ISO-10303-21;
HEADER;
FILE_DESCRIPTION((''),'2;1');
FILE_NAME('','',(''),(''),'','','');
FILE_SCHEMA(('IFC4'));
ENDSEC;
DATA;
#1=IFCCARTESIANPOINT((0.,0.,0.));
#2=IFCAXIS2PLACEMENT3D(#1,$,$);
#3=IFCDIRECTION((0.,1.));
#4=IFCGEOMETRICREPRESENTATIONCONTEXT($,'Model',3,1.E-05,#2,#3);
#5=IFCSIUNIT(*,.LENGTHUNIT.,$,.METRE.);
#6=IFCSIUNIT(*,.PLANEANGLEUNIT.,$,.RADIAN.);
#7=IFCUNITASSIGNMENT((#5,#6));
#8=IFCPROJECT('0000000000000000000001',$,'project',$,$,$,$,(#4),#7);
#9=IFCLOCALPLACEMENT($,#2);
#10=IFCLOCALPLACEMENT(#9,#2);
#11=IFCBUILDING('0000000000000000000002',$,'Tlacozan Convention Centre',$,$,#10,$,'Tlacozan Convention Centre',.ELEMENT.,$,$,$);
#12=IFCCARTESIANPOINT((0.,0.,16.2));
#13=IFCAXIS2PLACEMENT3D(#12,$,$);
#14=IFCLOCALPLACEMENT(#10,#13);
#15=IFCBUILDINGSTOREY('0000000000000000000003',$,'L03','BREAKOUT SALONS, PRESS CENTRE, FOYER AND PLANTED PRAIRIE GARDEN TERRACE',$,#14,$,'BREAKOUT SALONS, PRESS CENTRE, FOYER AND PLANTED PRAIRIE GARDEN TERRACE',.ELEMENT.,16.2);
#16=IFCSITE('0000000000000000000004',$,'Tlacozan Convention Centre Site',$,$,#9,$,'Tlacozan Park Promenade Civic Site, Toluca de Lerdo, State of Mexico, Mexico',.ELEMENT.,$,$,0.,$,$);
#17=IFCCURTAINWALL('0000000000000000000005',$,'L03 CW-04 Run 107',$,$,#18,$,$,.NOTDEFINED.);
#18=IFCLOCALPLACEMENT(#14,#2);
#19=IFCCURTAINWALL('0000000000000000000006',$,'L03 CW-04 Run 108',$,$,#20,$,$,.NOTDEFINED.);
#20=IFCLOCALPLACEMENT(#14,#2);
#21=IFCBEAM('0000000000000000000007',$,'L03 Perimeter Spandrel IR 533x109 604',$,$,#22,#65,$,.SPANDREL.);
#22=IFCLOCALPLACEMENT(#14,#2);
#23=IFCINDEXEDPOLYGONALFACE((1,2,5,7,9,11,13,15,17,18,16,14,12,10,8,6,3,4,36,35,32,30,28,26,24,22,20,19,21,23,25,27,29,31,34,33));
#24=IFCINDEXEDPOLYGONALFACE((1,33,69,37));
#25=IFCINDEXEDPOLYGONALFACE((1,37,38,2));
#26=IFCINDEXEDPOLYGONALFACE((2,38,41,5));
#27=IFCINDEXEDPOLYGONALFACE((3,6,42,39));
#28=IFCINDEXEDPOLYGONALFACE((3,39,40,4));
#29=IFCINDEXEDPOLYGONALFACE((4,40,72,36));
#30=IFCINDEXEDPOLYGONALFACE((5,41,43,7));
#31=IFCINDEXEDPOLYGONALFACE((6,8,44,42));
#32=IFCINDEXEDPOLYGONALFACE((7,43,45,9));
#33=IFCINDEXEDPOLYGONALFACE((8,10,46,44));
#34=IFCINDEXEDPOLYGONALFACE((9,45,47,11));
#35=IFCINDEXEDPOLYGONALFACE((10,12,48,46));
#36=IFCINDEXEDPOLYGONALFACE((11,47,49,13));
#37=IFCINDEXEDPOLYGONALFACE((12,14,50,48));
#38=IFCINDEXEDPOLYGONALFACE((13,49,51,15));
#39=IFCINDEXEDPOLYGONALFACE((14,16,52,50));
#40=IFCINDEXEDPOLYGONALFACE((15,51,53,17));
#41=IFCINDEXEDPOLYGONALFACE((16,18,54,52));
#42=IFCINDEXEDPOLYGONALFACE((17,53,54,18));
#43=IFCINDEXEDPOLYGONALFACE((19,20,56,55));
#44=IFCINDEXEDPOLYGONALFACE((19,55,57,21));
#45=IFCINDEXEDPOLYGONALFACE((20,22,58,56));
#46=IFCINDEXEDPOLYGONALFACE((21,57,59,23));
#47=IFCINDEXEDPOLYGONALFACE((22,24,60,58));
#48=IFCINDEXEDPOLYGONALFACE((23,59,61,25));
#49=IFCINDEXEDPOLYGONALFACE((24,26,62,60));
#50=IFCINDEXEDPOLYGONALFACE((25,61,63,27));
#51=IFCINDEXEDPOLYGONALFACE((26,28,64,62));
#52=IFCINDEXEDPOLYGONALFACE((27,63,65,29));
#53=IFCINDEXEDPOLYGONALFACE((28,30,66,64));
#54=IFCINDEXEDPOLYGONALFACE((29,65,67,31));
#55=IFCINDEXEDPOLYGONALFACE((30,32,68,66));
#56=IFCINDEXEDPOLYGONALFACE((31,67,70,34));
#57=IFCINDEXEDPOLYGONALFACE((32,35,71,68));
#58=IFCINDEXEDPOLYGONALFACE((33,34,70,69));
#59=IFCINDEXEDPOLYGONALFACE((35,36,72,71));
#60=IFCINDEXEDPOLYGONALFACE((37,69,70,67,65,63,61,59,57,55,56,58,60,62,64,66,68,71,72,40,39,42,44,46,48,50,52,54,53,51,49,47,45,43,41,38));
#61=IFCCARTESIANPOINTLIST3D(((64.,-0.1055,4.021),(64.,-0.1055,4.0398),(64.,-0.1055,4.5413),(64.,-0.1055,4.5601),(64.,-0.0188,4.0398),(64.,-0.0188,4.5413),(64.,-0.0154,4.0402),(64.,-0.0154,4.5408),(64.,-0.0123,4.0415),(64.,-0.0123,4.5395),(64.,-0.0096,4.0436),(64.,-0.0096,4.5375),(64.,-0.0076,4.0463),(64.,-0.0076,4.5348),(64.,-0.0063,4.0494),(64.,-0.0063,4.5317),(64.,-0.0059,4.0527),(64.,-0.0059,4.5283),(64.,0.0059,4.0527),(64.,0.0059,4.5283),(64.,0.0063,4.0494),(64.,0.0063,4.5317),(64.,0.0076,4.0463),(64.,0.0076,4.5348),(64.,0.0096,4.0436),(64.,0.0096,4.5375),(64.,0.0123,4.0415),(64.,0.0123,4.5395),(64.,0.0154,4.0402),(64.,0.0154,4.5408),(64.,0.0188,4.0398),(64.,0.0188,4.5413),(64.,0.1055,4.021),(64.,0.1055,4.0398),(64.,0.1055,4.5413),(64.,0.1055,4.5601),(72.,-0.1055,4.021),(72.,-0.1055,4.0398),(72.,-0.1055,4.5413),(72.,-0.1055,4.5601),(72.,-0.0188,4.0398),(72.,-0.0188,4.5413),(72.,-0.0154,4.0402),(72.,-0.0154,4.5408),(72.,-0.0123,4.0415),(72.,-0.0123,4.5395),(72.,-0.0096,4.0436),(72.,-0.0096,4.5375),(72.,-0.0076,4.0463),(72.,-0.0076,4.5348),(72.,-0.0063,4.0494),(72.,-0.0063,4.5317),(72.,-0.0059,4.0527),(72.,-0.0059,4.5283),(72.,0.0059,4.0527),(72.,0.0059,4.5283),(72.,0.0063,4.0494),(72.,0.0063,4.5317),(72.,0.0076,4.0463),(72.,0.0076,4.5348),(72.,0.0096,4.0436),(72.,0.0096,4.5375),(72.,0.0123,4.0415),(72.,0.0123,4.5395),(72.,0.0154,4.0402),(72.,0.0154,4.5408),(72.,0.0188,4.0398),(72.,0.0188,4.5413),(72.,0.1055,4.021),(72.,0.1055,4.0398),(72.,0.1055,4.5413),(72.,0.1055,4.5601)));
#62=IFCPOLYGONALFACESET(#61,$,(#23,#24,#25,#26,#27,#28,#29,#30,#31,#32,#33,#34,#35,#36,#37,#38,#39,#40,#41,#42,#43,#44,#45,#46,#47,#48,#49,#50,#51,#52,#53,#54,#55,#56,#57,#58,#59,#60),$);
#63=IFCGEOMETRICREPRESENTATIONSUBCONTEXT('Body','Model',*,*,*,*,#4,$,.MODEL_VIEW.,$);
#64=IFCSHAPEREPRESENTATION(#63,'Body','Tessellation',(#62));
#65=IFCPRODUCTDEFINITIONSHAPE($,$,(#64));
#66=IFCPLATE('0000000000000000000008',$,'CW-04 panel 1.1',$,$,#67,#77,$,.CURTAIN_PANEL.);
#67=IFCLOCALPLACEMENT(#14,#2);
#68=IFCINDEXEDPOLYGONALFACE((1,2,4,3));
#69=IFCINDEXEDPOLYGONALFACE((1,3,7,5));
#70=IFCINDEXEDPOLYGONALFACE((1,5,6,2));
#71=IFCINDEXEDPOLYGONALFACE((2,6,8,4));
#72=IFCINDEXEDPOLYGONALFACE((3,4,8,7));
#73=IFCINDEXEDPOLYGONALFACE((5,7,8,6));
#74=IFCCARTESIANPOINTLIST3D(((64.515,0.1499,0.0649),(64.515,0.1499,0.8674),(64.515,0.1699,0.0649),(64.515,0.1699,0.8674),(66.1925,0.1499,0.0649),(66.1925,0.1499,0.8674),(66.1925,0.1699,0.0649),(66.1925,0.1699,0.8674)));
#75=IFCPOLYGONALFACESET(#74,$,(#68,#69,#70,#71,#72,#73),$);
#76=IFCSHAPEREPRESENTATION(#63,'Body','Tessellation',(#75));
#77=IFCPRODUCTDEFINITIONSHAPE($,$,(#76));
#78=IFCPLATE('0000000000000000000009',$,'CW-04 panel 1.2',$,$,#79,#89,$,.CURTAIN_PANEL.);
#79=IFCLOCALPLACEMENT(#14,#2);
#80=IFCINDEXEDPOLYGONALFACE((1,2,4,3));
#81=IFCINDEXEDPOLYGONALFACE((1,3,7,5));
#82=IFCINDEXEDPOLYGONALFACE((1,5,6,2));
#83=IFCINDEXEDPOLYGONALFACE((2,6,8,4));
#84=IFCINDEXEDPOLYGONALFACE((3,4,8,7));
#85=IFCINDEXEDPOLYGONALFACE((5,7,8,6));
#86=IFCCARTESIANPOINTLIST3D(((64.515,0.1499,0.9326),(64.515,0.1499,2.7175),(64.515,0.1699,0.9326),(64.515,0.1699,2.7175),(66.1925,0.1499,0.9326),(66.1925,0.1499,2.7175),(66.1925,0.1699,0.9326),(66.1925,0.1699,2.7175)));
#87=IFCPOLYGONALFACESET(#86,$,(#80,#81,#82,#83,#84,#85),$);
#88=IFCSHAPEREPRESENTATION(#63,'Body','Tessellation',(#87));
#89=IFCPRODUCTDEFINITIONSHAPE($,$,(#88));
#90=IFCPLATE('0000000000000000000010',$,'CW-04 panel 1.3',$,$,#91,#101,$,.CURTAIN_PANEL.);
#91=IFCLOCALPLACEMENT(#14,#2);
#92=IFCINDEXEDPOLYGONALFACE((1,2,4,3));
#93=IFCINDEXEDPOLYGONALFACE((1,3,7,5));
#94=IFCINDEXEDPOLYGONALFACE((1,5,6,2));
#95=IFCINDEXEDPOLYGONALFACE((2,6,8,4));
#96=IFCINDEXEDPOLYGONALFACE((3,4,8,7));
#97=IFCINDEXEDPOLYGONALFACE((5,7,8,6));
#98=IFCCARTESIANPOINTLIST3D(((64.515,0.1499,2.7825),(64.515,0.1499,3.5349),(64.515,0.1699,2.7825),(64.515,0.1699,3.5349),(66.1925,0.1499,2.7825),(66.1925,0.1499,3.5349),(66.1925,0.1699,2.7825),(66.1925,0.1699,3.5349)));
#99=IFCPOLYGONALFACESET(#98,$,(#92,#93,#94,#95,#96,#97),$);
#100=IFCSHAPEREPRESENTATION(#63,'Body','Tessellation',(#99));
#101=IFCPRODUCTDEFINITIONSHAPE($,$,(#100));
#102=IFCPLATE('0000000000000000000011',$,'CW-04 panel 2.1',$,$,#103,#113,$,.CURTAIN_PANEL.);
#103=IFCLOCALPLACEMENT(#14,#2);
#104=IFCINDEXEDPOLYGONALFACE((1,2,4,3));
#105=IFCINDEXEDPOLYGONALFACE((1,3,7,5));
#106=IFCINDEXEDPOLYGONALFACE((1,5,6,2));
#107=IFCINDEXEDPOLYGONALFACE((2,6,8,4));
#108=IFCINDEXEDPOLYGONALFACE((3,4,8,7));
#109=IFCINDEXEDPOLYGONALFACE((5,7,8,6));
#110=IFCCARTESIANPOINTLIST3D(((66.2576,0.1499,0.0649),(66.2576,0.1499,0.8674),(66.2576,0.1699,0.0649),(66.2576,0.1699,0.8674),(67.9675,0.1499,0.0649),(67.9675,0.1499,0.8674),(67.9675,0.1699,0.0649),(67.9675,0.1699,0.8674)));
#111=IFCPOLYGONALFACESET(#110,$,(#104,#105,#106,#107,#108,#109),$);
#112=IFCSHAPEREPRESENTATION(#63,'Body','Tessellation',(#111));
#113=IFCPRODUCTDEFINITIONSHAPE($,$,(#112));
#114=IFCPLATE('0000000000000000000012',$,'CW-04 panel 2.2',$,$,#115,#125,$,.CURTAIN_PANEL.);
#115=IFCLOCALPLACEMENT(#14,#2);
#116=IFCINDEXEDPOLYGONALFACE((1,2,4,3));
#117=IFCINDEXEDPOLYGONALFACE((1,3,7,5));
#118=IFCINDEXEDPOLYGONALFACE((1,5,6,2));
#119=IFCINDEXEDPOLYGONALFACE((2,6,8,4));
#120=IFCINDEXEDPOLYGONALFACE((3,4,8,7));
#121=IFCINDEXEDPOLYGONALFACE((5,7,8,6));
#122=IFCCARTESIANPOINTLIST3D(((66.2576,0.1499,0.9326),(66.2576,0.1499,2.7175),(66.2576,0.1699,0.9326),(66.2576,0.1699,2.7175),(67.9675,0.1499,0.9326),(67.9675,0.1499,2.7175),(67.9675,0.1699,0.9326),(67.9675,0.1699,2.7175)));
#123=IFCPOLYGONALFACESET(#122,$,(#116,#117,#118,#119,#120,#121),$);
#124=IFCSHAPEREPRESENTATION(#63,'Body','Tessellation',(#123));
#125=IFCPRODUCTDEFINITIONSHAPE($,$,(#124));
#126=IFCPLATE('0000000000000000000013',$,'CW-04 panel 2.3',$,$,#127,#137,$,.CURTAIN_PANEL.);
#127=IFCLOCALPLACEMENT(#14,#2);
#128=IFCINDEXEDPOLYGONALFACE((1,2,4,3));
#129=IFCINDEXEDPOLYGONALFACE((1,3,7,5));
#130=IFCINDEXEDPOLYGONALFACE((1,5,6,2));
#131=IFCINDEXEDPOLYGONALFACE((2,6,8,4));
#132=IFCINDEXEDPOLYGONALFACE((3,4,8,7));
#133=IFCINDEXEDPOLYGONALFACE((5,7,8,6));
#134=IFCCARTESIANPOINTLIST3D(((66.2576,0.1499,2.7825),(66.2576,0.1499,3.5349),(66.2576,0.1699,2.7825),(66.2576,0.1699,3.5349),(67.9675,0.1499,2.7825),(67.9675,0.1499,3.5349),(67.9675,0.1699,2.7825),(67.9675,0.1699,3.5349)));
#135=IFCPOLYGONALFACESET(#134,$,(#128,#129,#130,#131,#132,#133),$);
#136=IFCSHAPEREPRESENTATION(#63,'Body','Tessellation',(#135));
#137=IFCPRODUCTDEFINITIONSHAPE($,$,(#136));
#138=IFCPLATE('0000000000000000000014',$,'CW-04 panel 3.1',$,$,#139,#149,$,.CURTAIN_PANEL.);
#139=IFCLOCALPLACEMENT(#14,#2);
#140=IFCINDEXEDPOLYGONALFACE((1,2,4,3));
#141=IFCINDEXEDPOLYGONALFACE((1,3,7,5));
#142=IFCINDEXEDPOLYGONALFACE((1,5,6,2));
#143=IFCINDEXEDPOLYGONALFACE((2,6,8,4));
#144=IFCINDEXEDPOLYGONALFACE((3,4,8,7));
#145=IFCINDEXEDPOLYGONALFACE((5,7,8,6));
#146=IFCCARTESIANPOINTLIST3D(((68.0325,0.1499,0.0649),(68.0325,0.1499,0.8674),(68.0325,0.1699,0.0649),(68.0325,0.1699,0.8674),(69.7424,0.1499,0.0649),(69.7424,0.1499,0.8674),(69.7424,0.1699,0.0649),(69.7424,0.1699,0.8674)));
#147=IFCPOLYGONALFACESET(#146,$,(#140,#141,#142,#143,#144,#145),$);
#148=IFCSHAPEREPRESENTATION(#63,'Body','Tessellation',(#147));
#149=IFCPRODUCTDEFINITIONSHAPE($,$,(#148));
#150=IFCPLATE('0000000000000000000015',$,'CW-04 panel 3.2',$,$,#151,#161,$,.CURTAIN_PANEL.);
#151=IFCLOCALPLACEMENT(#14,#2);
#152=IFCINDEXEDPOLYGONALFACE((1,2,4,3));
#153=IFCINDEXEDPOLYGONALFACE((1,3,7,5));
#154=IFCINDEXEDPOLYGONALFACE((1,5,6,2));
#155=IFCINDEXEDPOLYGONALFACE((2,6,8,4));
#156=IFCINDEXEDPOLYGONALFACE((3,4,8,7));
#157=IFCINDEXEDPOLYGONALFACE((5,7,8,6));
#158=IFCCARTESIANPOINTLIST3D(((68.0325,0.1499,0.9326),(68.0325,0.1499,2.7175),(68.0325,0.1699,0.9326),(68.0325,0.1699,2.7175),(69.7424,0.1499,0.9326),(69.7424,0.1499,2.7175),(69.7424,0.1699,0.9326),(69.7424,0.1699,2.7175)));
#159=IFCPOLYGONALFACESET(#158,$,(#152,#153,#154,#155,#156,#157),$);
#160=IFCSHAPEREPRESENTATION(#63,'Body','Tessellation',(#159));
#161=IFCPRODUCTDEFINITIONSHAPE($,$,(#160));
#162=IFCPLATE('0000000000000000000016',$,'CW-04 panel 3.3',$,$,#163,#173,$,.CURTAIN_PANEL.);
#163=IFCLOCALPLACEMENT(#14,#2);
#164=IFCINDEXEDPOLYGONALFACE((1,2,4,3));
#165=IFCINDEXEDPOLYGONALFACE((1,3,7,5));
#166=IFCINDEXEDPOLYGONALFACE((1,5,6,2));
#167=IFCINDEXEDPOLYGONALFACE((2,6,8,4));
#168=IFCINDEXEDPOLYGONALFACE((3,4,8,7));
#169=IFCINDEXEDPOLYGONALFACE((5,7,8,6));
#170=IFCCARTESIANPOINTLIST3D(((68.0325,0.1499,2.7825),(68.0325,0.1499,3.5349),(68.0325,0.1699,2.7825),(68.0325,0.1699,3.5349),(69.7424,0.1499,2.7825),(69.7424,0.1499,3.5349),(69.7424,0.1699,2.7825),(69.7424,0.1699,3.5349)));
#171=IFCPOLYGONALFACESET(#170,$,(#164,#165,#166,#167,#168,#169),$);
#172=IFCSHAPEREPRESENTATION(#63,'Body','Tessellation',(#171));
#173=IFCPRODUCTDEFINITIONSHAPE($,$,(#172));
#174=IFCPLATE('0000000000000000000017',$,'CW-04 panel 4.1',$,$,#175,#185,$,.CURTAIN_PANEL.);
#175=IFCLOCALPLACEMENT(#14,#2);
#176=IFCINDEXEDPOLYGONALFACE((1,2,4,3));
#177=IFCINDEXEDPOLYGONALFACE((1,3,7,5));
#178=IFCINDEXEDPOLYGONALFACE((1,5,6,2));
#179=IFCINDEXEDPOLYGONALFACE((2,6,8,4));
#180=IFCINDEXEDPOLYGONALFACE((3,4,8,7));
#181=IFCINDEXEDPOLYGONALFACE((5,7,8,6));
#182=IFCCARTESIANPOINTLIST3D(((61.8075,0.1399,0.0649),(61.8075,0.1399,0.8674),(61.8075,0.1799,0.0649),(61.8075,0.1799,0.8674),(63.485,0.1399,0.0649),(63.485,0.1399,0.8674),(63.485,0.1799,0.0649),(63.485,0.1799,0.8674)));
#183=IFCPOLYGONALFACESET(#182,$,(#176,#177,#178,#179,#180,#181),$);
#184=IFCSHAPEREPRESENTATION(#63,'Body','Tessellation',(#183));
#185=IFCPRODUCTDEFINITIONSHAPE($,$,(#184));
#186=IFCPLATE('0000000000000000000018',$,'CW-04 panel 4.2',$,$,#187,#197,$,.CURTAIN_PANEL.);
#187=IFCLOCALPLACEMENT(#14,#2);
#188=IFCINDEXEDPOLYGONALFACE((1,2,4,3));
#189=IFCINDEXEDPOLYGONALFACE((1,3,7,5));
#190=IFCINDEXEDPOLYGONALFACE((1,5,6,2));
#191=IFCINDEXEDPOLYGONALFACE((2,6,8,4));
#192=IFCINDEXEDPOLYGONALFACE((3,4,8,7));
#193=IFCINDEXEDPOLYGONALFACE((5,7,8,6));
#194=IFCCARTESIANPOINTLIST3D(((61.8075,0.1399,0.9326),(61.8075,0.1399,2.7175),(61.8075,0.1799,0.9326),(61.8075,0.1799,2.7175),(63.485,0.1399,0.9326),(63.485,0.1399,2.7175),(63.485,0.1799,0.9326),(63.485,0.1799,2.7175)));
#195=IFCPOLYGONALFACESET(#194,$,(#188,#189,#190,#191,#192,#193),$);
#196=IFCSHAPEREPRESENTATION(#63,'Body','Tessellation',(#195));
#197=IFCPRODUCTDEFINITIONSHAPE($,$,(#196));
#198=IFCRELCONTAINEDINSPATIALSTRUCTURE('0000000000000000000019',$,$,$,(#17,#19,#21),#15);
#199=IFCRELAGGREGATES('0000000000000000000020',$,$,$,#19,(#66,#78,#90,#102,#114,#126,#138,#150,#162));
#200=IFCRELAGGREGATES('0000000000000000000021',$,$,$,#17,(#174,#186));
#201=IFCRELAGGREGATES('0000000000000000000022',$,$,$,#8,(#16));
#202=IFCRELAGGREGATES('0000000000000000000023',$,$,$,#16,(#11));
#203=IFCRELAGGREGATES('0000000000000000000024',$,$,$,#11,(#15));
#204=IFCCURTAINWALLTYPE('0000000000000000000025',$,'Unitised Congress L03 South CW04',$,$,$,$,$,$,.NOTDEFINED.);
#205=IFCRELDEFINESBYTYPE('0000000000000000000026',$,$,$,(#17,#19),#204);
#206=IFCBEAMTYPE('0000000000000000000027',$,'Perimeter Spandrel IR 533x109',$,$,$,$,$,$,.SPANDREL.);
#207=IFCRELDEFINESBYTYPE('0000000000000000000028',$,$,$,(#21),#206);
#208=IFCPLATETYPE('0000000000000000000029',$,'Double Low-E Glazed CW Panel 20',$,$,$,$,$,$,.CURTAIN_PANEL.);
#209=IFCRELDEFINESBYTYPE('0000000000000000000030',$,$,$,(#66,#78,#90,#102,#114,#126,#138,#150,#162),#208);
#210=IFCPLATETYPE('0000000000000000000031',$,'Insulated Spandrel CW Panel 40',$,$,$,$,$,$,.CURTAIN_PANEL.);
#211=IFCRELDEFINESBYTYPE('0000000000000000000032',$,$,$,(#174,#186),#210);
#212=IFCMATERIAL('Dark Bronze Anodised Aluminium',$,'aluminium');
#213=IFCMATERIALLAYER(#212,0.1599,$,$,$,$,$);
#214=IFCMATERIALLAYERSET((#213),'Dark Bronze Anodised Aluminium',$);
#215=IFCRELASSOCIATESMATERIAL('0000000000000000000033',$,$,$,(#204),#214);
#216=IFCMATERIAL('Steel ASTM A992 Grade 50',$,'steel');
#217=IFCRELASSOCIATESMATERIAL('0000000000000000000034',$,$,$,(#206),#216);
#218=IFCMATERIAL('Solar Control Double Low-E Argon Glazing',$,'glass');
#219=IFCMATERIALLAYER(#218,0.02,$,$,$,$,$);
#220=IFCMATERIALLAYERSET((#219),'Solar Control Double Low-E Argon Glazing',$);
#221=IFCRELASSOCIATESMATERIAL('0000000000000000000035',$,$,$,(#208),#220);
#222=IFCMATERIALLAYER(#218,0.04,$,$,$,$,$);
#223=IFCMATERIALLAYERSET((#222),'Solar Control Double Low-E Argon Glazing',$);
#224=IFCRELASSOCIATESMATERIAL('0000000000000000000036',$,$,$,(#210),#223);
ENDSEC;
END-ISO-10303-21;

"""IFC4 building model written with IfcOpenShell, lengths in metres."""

from ifc_helpers import new_model, si_unit, direction, frame, origin, origin_2d, place, context, subcontext, project, spatial, rectangle, i_section, extrude, material, layer, layer_set, material_profile, profile_set, type_object, element, aggregate, save


model = new_model("IFC4")

# Units and contexts
model_context = context("Model", 3, precision=1e-05, world=origin(), true_north=direction((0.0, 1.0)))
body_context = subcontext(model_context, "Body", "Model", "MODEL_VIEW")
ifc_project = project(units=[si_unit("LENGTHUNIT", "METRE"), si_unit("PLANEANGLEUNIT", "RADIAN")], contexts=[model_context])

# Site, building, storey
site_placement = place(None, origin())
site = spatial("IfcSite", under=ifc_project, at=site_placement, Name="Tlacozan Convention Centre Site", LongName="Tlacozan Park Promenade Civic Site, Toluca de Lerdo, State of Mexico, Mexico", CompositionType="ELEMENT", RefElevation=0.0)
building_placement = place(site_placement, origin())
building = spatial("IfcBuilding", under=site, at=building_placement, Name="Tlacozan Convention Centre", LongName="Tlacozan Convention Centre", CompositionType="ELEMENT")
storey_placement = place(building_placement, frame((0.0, 0.0, 16.2)))
storey = spatial("IfcBuildingStorey", under=building, at=storey_placement, Name="L03", Description="BREAKOUT SALONS, PRESS CENTRE, FOYER AND PLANTED PRAIRIE GARDEN TERRACE", LongName="BREAKOUT SALONS, PRESS CENTRE, FOYER AND PLANTED PRAIRIE GARDEN TERRACE", CompositionType="ELEMENT", Elevation=16.2)

# Curtain wall
ifc_material_1 = material(Name="Dark Bronze Anodised Aluminium", Category="aluminium")
ifc_layer_1 = layer(ifc_material_1, 0.1599)
ifc_layer_set_1 = layer_set([ifc_layer_1], Name="Dark Bronze Anodised Aluminium")
curtain_wall_type = type_object("IfcCurtainWallType", Name="Unitised Congress L03 South CW04", PredefinedType="NOTDEFINED", material=ifc_layer_set_1)
curtain_wall_1_placement = place(storey_placement, origin())
curtain_wall_1 = element("IfcCurtainWall", 1, at=curtain_wall_1_placement, inside=storey, type_object=curtain_wall_type, Name="L03 CW-04 Run 107", PredefinedType="NOTDEFINED")

# Curtain wall
curtain_wall_2_placement = place(storey_placement, origin())
curtain_wall_2 = element("IfcCurtainWall", 2, at=curtain_wall_2_placement, inside=storey, type_object=curtain_wall_type, Name="L03 CW-04 Run 108", PredefinedType="NOTDEFINED")

# Beam
ifc_material_2 = material(Name="Steel ASTM A992 Grade 50", Category="steel")
ifc_material_profile_1 = material_profile(ifc_material_2, i_section(OverallWidth=0.2109, OverallDepth=0.5391, WebThickness=0.0117, FlangeThickness=0.0188, FilletRadius=0.0129, at=origin_2d()), Name="IR 533x109.0")
ifc_profile_set_1 = profile_set([ifc_material_profile_1], Name="Steel ASTM A992 Grade 50")
beam_type_1 = type_object("IfcBeamType", Name="Perimeter Spandrel IR 533x109", PredefinedType="SPANDREL", material=ifc_profile_set_1)
beam_1_placement = place(storey_placement, frame((64.0, 0.0, 4.2905), z_axis=(1.0, 0.0, 0.0), x_axis=(0.0, 1.0, 0.0)))
element("IfcBeam", 3, at=beam_1_placement, inside=storey, type_object=beam_type_1, Name="L03 Perimeter Spandrel IR 533x109 604", PredefinedType="SPANDREL", context=body_context, shape_type="SweptSolid", body=[
    extrude(i_section(OverallWidth=0.2109, OverallDepth=0.5391, WebThickness=0.0117, FlangeThickness=0.0188, FilletRadius=0.0129, at=origin_2d()), origin(), (0.0, 0.0, 1.0), 8.0),
])

# Plates
ifc_material_3 = material(Name="Solar Control Double Low-E Argon Glazing", Category="glass")
ifc_layer_2 = layer(ifc_material_3, 0.02)
ifc_layer_set_2 = layer_set([ifc_layer_2], Name="Solar Control Double Low-E Argon Glazing")
plate_type_1 = type_object("IfcPlateType", Name="Double Low-E Glazed CW Panel 20", PredefinedType="CURTAIN_PANEL", material=ifc_layer_set_2)
plate_1_placement = place(storey_placement, frame((65.3538, 0.1599, 0.0649), z_axis=(0.0, 0.0, 1.0), x_axis=(1.0, 0.0, 0.0)))
plate_1 = element("IfcPlate", 4, at=plate_1_placement, type_object=plate_type_1, Name="CW-04 panel 1.1", PredefinedType="CURTAIN_PANEL", context=body_context, shape_type="SweptSolid", body=[
    extrude(rectangle(XDim=1.6775, YDim=0.02, at=origin_2d()), origin(), (0.0, 0.0, 1.0), 0.8025),
])
plate_2_placement = place(storey_placement, frame((65.3538, 0.1599, 0.9326), z_axis=(0.0, 0.0, 1.0), x_axis=(1.0, 0.0, 0.0)))
plate_2 = element("IfcPlate", 5, at=plate_2_placement, type_object=plate_type_1, Name="CW-04 panel 1.2", PredefinedType="CURTAIN_PANEL", context=body_context, shape_type="SweptSolid", body=[
    extrude(rectangle(XDim=1.6775, YDim=0.02, at=origin_2d()), origin(), (0.0, 0.0, 1.0), 1.7849),
])
plate_3_placement = place(storey_placement, frame((65.3538, 0.1599, 2.7825), z_axis=(0.0, 0.0, 1.0), x_axis=(1.0, 0.0, 0.0)))
plate_3 = element("IfcPlate", 6, at=plate_3_placement, type_object=plate_type_1, Name="CW-04 panel 1.3", PredefinedType="CURTAIN_PANEL", context=body_context, shape_type="SweptSolid", body=[
    extrude(rectangle(XDim=1.6775, YDim=0.02, at=origin_2d()), origin(), (0.0, 0.0, 1.0), 0.7524),
])
plate_4_placement = place(storey_placement, frame((67.1125, 0.1599, 0.0649), z_axis=(0.0, 0.0, 1.0), x_axis=(1.0, 0.0, 0.0)))
plate_4 = element("IfcPlate", 7, at=plate_4_placement, type_object=plate_type_1, Name="CW-04 panel 2.1", PredefinedType="CURTAIN_PANEL", context=body_context, shape_type="SweptSolid", body=[
    extrude(rectangle(XDim=1.71, YDim=0.02, at=origin_2d()), origin(), (0.0, 0.0, 1.0), 0.8025),
])
plate_5_placement = place(storey_placement, frame((67.1125, 0.1599, 0.9326), z_axis=(0.0, 0.0, 1.0), x_axis=(1.0, 0.0, 0.0)))
plate_5 = element("IfcPlate", 8, at=plate_5_placement, type_object=plate_type_1, Name="CW-04 panel 2.2", PredefinedType="CURTAIN_PANEL", context=body_context, shape_type="SweptSolid", body=[
    extrude(rectangle(XDim=1.71, YDim=0.02, at=origin_2d()), origin(), (0.0, 0.0, 1.0), 1.7849),
])
plate_6_placement = place(storey_placement, frame((67.1125, 0.1599, 2.7825), z_axis=(0.0, 0.0, 1.0), x_axis=(1.0, 0.0, 0.0)))
plate_6 = element("IfcPlate", 9, at=plate_6_placement, type_object=plate_type_1, Name="CW-04 panel 2.3", PredefinedType="CURTAIN_PANEL", context=body_context, shape_type="SweptSolid", body=[
    extrude(rectangle(XDim=1.71, YDim=0.02, at=origin_2d()), origin(), (0.0, 0.0, 1.0), 0.7524),
])
plate_7_placement = place(storey_placement, frame((68.8875, 0.1599, 0.0649), z_axis=(0.0, 0.0, 1.0), x_axis=(1.0, 0.0, 0.0)))
plate_7 = element("IfcPlate", 10, at=plate_7_placement, type_object=plate_type_1, Name="CW-04 panel 3.1", PredefinedType="CURTAIN_PANEL", context=body_context, shape_type="SweptSolid", body=[
    extrude(rectangle(XDim=1.71, YDim=0.02, at=origin_2d()), origin(), (0.0, 0.0, 1.0), 0.8025),
])
plate_8_placement = place(storey_placement, frame((68.8875, 0.1599, 0.9326), z_axis=(0.0, 0.0, 1.0), x_axis=(1.0, 0.0, 0.0)))
plate_8 = element("IfcPlate", 11, at=plate_8_placement, type_object=plate_type_1, Name="CW-04 panel 3.2", PredefinedType="CURTAIN_PANEL", context=body_context, shape_type="SweptSolid", body=[
    extrude(rectangle(XDim=1.71, YDim=0.02, at=origin_2d()), origin(), (0.0, 0.0, 1.0), 1.7849),
])
plate_9_placement = place(storey_placement, frame((68.8875, 0.1599, 2.7825), z_axis=(0.0, 0.0, 1.0), x_axis=(1.0, 0.0, 0.0)))
plate_9 = element("IfcPlate", 12, at=plate_9_placement, type_object=plate_type_1, Name="CW-04 panel 3.3", PredefinedType="CURTAIN_PANEL", context=body_context, shape_type="SweptSolid", body=[
    extrude(rectangle(XDim=1.71, YDim=0.02, at=origin_2d()), origin(), (0.0, 0.0, 1.0), 0.7524),
])
aggregate(curtain_wall_2, [plate_1, plate_2, plate_3, plate_4, plate_5, plate_6, plate_7, plate_8, plate_9])
ifc_layer_3 = layer(ifc_material_3, 0.04)
ifc_layer_set_3 = layer_set([ifc_layer_3], Name="Solar Control Double Low-E Argon Glazing")
plate_type_2 = type_object("IfcPlateType", Name="Insulated Spandrel CW Panel 40", PredefinedType="CURTAIN_PANEL", material=ifc_layer_set_3)
plate_10_placement = place(storey_placement, frame((62.6462, 0.1599, 0.0649), z_axis=(0.0, 0.0, 1.0), x_axis=(1.0, 0.0, 0.0)))
plate_10 = element("IfcPlate", 13, at=plate_10_placement, type_object=plate_type_2, Name="CW-04 panel 4.1", PredefinedType="CURTAIN_PANEL", context=body_context, shape_type="SweptSolid", body=[
    extrude(rectangle(XDim=1.6775, YDim=0.04, at=origin_2d()), origin(), (0.0, 0.0, 1.0), 0.8025),
])
plate_11_placement = place(storey_placement, frame((62.6462, 0.1599, 0.9326), z_axis=(0.0, 0.0, 1.0), x_axis=(1.0, 0.0, 0.0)))
plate_11 = element("IfcPlate", 14, at=plate_11_placement, type_object=plate_type_2, Name="CW-04 panel 4.2", PredefinedType="CURTAIN_PANEL", context=body_context, shape_type="SweptSolid", body=[
    extrude(rectangle(XDim=1.6775, YDim=0.04, at=origin_2d()), origin(), (0.0, 0.0, 1.0), 1.7849),
])
aggregate(curtain_wall_1, [plate_10, plate_11])

save(model, "model.ifc")
